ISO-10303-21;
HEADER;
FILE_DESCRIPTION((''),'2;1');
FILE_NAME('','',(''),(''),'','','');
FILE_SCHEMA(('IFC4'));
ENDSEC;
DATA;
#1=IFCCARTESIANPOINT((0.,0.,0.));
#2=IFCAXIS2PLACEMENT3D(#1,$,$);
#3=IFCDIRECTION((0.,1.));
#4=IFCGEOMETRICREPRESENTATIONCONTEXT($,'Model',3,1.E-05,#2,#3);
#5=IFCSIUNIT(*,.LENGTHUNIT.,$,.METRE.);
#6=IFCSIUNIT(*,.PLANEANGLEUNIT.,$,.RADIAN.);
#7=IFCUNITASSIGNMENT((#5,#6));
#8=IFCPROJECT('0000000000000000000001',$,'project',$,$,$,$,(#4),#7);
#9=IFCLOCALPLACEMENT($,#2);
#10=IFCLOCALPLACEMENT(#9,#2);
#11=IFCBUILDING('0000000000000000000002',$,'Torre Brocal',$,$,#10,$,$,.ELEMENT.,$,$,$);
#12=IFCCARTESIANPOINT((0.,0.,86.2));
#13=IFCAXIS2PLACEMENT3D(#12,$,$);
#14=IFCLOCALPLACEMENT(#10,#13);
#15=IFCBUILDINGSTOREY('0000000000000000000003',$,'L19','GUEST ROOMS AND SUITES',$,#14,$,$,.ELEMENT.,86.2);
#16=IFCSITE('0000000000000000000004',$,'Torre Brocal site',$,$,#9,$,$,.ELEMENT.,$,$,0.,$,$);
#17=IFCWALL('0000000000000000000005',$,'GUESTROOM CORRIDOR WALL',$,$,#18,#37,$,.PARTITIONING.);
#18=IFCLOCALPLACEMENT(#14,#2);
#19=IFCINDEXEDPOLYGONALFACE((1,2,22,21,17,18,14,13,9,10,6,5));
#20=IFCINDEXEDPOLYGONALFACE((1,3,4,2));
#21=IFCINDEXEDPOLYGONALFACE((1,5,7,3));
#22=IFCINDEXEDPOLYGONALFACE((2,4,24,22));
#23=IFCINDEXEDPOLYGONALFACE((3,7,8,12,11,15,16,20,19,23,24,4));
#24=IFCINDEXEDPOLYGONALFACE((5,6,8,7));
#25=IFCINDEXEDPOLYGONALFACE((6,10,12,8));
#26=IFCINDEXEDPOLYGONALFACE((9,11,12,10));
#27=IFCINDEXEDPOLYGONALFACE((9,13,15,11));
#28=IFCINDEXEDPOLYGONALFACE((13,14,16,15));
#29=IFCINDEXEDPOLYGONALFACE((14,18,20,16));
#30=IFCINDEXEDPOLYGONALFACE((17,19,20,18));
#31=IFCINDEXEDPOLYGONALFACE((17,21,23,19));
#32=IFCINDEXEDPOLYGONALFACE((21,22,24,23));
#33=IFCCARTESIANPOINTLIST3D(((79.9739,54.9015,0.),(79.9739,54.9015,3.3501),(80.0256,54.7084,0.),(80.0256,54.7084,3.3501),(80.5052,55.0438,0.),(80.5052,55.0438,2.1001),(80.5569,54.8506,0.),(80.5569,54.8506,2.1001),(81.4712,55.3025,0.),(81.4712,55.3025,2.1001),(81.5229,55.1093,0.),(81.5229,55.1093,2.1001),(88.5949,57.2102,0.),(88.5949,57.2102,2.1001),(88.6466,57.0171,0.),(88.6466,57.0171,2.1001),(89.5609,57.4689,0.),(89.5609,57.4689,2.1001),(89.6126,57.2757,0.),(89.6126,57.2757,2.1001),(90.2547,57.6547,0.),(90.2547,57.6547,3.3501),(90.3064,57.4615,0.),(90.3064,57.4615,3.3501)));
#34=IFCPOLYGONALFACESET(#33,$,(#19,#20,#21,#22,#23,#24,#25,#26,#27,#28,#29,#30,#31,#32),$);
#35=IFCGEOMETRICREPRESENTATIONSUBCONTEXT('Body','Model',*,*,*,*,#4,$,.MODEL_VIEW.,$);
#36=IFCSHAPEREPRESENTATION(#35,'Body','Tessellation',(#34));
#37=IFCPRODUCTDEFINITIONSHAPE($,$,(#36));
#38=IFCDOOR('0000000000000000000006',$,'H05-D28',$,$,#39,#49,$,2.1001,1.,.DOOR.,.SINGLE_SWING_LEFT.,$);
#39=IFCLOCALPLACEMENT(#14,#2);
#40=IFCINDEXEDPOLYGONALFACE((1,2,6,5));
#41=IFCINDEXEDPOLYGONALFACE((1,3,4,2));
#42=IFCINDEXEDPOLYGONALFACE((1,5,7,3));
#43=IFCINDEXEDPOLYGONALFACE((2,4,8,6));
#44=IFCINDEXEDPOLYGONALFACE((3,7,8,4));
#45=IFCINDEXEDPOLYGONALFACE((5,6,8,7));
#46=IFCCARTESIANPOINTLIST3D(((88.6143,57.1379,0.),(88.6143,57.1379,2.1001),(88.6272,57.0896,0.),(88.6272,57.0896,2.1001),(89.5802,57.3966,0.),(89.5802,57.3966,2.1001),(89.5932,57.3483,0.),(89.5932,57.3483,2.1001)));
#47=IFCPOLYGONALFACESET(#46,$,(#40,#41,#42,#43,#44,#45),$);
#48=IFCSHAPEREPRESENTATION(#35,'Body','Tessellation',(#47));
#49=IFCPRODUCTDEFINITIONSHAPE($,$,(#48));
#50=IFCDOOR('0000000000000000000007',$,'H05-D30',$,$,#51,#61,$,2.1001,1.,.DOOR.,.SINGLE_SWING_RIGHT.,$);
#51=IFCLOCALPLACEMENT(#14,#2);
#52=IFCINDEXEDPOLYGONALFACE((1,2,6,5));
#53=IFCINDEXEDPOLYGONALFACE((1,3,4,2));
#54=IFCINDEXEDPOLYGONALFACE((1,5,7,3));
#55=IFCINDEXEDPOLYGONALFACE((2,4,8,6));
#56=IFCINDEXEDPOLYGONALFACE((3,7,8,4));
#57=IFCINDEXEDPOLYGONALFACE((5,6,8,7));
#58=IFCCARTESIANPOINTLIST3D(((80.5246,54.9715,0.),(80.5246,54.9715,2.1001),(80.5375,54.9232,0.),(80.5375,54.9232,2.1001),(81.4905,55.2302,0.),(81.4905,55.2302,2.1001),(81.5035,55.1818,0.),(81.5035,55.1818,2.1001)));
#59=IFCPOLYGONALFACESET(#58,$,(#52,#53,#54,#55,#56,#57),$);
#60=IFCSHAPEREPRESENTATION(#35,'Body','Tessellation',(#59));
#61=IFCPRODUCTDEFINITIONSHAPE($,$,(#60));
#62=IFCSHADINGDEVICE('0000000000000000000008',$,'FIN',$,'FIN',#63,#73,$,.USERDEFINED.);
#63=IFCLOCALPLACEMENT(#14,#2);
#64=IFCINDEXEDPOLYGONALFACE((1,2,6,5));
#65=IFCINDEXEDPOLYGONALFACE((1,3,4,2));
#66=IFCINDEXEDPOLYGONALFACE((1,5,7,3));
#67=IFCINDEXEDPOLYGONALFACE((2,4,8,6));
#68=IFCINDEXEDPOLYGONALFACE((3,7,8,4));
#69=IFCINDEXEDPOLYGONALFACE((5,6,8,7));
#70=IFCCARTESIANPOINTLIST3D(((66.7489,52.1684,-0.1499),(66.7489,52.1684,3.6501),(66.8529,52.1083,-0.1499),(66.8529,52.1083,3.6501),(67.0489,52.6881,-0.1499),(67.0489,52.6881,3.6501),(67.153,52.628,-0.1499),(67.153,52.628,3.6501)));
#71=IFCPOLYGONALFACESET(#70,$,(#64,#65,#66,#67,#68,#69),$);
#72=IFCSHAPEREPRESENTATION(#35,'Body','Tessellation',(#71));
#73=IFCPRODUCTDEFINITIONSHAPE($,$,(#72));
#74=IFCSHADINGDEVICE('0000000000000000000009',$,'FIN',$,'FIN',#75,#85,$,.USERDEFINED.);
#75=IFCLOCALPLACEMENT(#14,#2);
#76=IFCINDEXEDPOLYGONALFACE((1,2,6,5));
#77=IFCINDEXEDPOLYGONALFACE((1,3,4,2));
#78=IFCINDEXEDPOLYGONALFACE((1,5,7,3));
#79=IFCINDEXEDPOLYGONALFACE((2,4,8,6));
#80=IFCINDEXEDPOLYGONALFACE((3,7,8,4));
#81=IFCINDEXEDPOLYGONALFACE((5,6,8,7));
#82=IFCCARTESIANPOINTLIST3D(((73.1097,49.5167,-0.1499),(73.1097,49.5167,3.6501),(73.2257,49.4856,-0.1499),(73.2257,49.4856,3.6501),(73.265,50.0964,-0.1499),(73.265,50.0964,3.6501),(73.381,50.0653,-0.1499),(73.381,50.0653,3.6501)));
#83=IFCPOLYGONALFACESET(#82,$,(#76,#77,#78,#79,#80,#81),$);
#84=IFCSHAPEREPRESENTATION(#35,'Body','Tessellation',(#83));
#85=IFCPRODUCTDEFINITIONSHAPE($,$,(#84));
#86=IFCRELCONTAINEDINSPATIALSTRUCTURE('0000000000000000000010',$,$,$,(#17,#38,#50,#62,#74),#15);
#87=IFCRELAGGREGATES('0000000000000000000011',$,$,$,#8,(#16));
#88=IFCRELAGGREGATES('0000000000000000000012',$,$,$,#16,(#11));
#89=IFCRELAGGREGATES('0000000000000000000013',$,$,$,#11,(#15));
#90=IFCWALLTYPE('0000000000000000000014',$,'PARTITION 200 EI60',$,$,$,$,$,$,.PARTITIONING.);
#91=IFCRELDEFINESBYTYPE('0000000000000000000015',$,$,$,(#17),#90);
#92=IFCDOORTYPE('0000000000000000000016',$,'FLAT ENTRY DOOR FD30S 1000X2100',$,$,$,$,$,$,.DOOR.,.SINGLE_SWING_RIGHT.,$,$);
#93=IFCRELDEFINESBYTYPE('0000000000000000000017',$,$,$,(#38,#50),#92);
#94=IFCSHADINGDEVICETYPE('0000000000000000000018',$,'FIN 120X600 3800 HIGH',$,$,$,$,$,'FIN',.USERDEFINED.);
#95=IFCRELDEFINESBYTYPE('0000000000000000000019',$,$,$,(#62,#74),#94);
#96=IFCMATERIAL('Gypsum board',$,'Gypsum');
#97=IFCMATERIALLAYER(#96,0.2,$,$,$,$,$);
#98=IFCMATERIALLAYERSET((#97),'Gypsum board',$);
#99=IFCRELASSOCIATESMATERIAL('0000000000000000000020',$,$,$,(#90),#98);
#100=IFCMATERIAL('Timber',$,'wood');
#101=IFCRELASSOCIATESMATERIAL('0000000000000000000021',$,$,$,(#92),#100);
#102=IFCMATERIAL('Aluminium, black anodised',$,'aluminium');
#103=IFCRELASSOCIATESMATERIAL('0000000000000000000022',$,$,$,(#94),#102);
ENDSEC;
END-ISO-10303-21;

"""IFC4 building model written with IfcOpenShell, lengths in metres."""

from ifc_helpers import new_model, si_unit, direction, frame, frame_2d, origin, origin_2d, place, context, subcontext, project, spatial, rectangle, extrude, material, layer, layer_set, material_profile, profile_set, type_object, element, fill, save


model = new_model("IFC4")

# Units and contexts
model_context = context("Model", 3, precision=1e-05, world=origin(), true_north=direction((0.0, 1.0)))
body_context = subcontext(model_context, "Body", "Model", "MODEL_VIEW")
ifc_project = project(units=[si_unit("LENGTHUNIT", "METRE"), si_unit("PLANEANGLEUNIT", "RADIAN")], contexts=[model_context])

# Site, building, storey
site_placement = place(None, origin())
site = spatial("IfcSite", under=ifc_project, at=site_placement, Name="Torre Brocal site", CompositionType="ELEMENT", RefElevation=0.0)
building_placement = place(site_placement, origin())
building = spatial("IfcBuilding", under=site, at=building_placement, Name="Torre Brocal", CompositionType="ELEMENT")
storey_placement = place(building_placement, frame((0.0, 0.0, 86.2)))
storey = spatial("IfcBuildingStorey", under=building, at=storey_placement, Name="L19", Description="GUEST ROOMS AND SUITES", CompositionType="ELEMENT", Elevation=86.2)

# Shared definitions
ifc_material_1 = material(Name="Gypsum board", Category="Gypsum")
ifc_layer_1 = layer(ifc_material_1, 0.2)
ifc_layer_set_1 = layer_set([ifc_layer_1], Name="Gypsum board")
wall_type_1 = type_object("IfcWallType", Name="PARTITION 200 EI60", PredefinedType="PARTITIONING", material=ifc_layer_set_1)

# Shared definitions
ifc_material_2 = material(Name="Timber", Category="wood")
door_type_1 = type_object("IfcDoorType", Name="FLAT ENTRY DOOR FD30S 1000X2100", OperationType="SINGLE_SWING_RIGHT", PredefinedType="DOOR", material=ifc_material_2)

# Wall, openings, doors
wall_1_placement = place(storey_placement, frame((79.9998, 54.8049, 0.0), z_axis=(0.0, 0.0, 1.0), x_axis=(0.965962, 0.258683, 0.0)))
wall_1 = element("IfcWall", 1, at=wall_1_placement, inside=storey, type_object=wall_type_1, Name="GUESTROOM CORRIDOR WALL", PredefinedType="PARTITIONING", context=body_context, shape_type="SweptSolid", body=[
    extrude(rectangle(XDim=10.6431, YDim=0.2, at=frame_2d((5.3215, 0.0))), origin(), (0.0, 0.0, 1.0), 3.3501),
])
opening_1_placement = place(wall_1_placement, frame((8.9248, 0.0, 0.0)))
opening_1 = element("IfcOpeningElement", 2, at=opening_1_placement, cuts=wall_1, PredefinedType="OPENING", context=body_context, shape_type="SweptSolid", body=[
    extrude(rectangle(XDim=1.0, YDim=2.1001, at=frame_2d((0.5, 1.05))), frame((0.0, 0.1099, 0.0), z_axis=(0.0, -1.0, 0.0), x_axis=(1.0, 0.0, 0.0)), (0.0, 0.0, 1.0), 0.22),
])
opening_2_placement = place(wall_1_placement, frame((0.55, 0.0, 0.0)))
opening_2 = element("IfcOpeningElement", 3, at=opening_2_placement, cuts=wall_1, PredefinedType="OPENING", context=body_context, shape_type="SweptSolid", body=[
    extrude(rectangle(XDim=1.0, YDim=2.1001, at=frame_2d((0.5, 1.05))), frame((0.0, 0.1099, 0.0), z_axis=(0.0, -1.0, 0.0), x_axis=(1.0, 0.0, 0.0)), (0.0, 0.0, 1.0), 0.22),
])
door_1_placement = place(opening_1_placement, frame((1.0, 0.0, 0.0), z_axis=(0.0, 0.0, 1.0), x_axis=(-1.0, 0.0, 0.0)))
door_1 = element("IfcDoor", 4, at=door_1_placement, inside=storey, type_object=door_type_1, Name="H05-D28", OperationType="SINGLE_SWING_LEFT", OverallHeight=2.1001, OverallWidth=1.0, PredefinedType="DOOR", context=body_context, shape_type="SweptSolid", body=[
    extrude(rectangle(XDim=1.0, YDim=2.1001, at=frame_2d((0.5, 1.05))), frame((0.0, 0.0249, 0.0), z_axis=(0.0, -1.0, 0.0), x_axis=(1.0, 0.0, 0.0)), (0.0, 0.0, 1.0), 0.05),
])
fill(opening_1, door_1)
door_2_placement = place(opening_2_placement, frame((1.0, 0.0, 0.0), z_axis=(0.0, 0.0, 1.0), x_axis=(-1.0, 0.0, 0.0)))
door_2 = element("IfcDoor", 5, at=door_2_placement, inside=storey, type_object=door_type_1, Name="H05-D30", OperationType="SINGLE_SWING_RIGHT", OverallHeight=2.1001, OverallWidth=1.0, PredefinedType="DOOR", context=body_context, shape_type="SweptSolid", body=[
    extrude(rectangle(XDim=1.0, YDim=2.1001, at=frame_2d((0.5, 1.05))), frame((0.0, 0.0249, 0.0), z_axis=(0.0, -1.0, 0.0), x_axis=(1.0, 0.0, 0.0)), (0.0, 0.0, 1.0), 0.05),
])
fill(opening_2, door_2)

# Shading devices
ifc_material_3 = material(Name="Aluminium, black anodised", Category="aluminium")
ifc_material_profile_1 = material_profile(ifc_material_3, rectangle(XDim=0.1201, YDim=0.6001, at=origin_2d()), Name="FIN 120X600 3800 HIGH")
ifc_profile_set_1 = profile_set([ifc_material_profile_1], Name="Aluminium, black anodised")
shading_device_type = type_object("IfcShadingDeviceType", Name="FIN 120X600 3800 HIGH", ElementType="FIN", PredefinedType="USERDEFINED", material=ifc_profile_set_1)
for number, where, z_axis, x_axis, name in (
    (6, (66.9509, 52.3982, -0.1499), (0.0, 0.0, 1.0), (0.866025, -0.5, 0.0), "FIN"),
    (7, (73.2454, 49.791, -0.1499), (0.0, 0.0, 1.0), (0.965926, -0.258819, 0.0), "FIN"),
):
    element("IfcShadingDevice", number, at=place(storey_placement, frame(where, z_axis=z_axis, x_axis=x_axis)), inside=storey, type_object=shading_device_type, Name=name, ObjectType="FIN", PredefinedType="USERDEFINED", context=body_context, shape_type="SweptSolid", body=[
        extrude(rectangle(XDim=0.1201, YDim=0.6001, at=origin_2d()), origin(), (0.0, 0.0, 1.0), 3.8),
    ])

save(model, "model.ifc")
